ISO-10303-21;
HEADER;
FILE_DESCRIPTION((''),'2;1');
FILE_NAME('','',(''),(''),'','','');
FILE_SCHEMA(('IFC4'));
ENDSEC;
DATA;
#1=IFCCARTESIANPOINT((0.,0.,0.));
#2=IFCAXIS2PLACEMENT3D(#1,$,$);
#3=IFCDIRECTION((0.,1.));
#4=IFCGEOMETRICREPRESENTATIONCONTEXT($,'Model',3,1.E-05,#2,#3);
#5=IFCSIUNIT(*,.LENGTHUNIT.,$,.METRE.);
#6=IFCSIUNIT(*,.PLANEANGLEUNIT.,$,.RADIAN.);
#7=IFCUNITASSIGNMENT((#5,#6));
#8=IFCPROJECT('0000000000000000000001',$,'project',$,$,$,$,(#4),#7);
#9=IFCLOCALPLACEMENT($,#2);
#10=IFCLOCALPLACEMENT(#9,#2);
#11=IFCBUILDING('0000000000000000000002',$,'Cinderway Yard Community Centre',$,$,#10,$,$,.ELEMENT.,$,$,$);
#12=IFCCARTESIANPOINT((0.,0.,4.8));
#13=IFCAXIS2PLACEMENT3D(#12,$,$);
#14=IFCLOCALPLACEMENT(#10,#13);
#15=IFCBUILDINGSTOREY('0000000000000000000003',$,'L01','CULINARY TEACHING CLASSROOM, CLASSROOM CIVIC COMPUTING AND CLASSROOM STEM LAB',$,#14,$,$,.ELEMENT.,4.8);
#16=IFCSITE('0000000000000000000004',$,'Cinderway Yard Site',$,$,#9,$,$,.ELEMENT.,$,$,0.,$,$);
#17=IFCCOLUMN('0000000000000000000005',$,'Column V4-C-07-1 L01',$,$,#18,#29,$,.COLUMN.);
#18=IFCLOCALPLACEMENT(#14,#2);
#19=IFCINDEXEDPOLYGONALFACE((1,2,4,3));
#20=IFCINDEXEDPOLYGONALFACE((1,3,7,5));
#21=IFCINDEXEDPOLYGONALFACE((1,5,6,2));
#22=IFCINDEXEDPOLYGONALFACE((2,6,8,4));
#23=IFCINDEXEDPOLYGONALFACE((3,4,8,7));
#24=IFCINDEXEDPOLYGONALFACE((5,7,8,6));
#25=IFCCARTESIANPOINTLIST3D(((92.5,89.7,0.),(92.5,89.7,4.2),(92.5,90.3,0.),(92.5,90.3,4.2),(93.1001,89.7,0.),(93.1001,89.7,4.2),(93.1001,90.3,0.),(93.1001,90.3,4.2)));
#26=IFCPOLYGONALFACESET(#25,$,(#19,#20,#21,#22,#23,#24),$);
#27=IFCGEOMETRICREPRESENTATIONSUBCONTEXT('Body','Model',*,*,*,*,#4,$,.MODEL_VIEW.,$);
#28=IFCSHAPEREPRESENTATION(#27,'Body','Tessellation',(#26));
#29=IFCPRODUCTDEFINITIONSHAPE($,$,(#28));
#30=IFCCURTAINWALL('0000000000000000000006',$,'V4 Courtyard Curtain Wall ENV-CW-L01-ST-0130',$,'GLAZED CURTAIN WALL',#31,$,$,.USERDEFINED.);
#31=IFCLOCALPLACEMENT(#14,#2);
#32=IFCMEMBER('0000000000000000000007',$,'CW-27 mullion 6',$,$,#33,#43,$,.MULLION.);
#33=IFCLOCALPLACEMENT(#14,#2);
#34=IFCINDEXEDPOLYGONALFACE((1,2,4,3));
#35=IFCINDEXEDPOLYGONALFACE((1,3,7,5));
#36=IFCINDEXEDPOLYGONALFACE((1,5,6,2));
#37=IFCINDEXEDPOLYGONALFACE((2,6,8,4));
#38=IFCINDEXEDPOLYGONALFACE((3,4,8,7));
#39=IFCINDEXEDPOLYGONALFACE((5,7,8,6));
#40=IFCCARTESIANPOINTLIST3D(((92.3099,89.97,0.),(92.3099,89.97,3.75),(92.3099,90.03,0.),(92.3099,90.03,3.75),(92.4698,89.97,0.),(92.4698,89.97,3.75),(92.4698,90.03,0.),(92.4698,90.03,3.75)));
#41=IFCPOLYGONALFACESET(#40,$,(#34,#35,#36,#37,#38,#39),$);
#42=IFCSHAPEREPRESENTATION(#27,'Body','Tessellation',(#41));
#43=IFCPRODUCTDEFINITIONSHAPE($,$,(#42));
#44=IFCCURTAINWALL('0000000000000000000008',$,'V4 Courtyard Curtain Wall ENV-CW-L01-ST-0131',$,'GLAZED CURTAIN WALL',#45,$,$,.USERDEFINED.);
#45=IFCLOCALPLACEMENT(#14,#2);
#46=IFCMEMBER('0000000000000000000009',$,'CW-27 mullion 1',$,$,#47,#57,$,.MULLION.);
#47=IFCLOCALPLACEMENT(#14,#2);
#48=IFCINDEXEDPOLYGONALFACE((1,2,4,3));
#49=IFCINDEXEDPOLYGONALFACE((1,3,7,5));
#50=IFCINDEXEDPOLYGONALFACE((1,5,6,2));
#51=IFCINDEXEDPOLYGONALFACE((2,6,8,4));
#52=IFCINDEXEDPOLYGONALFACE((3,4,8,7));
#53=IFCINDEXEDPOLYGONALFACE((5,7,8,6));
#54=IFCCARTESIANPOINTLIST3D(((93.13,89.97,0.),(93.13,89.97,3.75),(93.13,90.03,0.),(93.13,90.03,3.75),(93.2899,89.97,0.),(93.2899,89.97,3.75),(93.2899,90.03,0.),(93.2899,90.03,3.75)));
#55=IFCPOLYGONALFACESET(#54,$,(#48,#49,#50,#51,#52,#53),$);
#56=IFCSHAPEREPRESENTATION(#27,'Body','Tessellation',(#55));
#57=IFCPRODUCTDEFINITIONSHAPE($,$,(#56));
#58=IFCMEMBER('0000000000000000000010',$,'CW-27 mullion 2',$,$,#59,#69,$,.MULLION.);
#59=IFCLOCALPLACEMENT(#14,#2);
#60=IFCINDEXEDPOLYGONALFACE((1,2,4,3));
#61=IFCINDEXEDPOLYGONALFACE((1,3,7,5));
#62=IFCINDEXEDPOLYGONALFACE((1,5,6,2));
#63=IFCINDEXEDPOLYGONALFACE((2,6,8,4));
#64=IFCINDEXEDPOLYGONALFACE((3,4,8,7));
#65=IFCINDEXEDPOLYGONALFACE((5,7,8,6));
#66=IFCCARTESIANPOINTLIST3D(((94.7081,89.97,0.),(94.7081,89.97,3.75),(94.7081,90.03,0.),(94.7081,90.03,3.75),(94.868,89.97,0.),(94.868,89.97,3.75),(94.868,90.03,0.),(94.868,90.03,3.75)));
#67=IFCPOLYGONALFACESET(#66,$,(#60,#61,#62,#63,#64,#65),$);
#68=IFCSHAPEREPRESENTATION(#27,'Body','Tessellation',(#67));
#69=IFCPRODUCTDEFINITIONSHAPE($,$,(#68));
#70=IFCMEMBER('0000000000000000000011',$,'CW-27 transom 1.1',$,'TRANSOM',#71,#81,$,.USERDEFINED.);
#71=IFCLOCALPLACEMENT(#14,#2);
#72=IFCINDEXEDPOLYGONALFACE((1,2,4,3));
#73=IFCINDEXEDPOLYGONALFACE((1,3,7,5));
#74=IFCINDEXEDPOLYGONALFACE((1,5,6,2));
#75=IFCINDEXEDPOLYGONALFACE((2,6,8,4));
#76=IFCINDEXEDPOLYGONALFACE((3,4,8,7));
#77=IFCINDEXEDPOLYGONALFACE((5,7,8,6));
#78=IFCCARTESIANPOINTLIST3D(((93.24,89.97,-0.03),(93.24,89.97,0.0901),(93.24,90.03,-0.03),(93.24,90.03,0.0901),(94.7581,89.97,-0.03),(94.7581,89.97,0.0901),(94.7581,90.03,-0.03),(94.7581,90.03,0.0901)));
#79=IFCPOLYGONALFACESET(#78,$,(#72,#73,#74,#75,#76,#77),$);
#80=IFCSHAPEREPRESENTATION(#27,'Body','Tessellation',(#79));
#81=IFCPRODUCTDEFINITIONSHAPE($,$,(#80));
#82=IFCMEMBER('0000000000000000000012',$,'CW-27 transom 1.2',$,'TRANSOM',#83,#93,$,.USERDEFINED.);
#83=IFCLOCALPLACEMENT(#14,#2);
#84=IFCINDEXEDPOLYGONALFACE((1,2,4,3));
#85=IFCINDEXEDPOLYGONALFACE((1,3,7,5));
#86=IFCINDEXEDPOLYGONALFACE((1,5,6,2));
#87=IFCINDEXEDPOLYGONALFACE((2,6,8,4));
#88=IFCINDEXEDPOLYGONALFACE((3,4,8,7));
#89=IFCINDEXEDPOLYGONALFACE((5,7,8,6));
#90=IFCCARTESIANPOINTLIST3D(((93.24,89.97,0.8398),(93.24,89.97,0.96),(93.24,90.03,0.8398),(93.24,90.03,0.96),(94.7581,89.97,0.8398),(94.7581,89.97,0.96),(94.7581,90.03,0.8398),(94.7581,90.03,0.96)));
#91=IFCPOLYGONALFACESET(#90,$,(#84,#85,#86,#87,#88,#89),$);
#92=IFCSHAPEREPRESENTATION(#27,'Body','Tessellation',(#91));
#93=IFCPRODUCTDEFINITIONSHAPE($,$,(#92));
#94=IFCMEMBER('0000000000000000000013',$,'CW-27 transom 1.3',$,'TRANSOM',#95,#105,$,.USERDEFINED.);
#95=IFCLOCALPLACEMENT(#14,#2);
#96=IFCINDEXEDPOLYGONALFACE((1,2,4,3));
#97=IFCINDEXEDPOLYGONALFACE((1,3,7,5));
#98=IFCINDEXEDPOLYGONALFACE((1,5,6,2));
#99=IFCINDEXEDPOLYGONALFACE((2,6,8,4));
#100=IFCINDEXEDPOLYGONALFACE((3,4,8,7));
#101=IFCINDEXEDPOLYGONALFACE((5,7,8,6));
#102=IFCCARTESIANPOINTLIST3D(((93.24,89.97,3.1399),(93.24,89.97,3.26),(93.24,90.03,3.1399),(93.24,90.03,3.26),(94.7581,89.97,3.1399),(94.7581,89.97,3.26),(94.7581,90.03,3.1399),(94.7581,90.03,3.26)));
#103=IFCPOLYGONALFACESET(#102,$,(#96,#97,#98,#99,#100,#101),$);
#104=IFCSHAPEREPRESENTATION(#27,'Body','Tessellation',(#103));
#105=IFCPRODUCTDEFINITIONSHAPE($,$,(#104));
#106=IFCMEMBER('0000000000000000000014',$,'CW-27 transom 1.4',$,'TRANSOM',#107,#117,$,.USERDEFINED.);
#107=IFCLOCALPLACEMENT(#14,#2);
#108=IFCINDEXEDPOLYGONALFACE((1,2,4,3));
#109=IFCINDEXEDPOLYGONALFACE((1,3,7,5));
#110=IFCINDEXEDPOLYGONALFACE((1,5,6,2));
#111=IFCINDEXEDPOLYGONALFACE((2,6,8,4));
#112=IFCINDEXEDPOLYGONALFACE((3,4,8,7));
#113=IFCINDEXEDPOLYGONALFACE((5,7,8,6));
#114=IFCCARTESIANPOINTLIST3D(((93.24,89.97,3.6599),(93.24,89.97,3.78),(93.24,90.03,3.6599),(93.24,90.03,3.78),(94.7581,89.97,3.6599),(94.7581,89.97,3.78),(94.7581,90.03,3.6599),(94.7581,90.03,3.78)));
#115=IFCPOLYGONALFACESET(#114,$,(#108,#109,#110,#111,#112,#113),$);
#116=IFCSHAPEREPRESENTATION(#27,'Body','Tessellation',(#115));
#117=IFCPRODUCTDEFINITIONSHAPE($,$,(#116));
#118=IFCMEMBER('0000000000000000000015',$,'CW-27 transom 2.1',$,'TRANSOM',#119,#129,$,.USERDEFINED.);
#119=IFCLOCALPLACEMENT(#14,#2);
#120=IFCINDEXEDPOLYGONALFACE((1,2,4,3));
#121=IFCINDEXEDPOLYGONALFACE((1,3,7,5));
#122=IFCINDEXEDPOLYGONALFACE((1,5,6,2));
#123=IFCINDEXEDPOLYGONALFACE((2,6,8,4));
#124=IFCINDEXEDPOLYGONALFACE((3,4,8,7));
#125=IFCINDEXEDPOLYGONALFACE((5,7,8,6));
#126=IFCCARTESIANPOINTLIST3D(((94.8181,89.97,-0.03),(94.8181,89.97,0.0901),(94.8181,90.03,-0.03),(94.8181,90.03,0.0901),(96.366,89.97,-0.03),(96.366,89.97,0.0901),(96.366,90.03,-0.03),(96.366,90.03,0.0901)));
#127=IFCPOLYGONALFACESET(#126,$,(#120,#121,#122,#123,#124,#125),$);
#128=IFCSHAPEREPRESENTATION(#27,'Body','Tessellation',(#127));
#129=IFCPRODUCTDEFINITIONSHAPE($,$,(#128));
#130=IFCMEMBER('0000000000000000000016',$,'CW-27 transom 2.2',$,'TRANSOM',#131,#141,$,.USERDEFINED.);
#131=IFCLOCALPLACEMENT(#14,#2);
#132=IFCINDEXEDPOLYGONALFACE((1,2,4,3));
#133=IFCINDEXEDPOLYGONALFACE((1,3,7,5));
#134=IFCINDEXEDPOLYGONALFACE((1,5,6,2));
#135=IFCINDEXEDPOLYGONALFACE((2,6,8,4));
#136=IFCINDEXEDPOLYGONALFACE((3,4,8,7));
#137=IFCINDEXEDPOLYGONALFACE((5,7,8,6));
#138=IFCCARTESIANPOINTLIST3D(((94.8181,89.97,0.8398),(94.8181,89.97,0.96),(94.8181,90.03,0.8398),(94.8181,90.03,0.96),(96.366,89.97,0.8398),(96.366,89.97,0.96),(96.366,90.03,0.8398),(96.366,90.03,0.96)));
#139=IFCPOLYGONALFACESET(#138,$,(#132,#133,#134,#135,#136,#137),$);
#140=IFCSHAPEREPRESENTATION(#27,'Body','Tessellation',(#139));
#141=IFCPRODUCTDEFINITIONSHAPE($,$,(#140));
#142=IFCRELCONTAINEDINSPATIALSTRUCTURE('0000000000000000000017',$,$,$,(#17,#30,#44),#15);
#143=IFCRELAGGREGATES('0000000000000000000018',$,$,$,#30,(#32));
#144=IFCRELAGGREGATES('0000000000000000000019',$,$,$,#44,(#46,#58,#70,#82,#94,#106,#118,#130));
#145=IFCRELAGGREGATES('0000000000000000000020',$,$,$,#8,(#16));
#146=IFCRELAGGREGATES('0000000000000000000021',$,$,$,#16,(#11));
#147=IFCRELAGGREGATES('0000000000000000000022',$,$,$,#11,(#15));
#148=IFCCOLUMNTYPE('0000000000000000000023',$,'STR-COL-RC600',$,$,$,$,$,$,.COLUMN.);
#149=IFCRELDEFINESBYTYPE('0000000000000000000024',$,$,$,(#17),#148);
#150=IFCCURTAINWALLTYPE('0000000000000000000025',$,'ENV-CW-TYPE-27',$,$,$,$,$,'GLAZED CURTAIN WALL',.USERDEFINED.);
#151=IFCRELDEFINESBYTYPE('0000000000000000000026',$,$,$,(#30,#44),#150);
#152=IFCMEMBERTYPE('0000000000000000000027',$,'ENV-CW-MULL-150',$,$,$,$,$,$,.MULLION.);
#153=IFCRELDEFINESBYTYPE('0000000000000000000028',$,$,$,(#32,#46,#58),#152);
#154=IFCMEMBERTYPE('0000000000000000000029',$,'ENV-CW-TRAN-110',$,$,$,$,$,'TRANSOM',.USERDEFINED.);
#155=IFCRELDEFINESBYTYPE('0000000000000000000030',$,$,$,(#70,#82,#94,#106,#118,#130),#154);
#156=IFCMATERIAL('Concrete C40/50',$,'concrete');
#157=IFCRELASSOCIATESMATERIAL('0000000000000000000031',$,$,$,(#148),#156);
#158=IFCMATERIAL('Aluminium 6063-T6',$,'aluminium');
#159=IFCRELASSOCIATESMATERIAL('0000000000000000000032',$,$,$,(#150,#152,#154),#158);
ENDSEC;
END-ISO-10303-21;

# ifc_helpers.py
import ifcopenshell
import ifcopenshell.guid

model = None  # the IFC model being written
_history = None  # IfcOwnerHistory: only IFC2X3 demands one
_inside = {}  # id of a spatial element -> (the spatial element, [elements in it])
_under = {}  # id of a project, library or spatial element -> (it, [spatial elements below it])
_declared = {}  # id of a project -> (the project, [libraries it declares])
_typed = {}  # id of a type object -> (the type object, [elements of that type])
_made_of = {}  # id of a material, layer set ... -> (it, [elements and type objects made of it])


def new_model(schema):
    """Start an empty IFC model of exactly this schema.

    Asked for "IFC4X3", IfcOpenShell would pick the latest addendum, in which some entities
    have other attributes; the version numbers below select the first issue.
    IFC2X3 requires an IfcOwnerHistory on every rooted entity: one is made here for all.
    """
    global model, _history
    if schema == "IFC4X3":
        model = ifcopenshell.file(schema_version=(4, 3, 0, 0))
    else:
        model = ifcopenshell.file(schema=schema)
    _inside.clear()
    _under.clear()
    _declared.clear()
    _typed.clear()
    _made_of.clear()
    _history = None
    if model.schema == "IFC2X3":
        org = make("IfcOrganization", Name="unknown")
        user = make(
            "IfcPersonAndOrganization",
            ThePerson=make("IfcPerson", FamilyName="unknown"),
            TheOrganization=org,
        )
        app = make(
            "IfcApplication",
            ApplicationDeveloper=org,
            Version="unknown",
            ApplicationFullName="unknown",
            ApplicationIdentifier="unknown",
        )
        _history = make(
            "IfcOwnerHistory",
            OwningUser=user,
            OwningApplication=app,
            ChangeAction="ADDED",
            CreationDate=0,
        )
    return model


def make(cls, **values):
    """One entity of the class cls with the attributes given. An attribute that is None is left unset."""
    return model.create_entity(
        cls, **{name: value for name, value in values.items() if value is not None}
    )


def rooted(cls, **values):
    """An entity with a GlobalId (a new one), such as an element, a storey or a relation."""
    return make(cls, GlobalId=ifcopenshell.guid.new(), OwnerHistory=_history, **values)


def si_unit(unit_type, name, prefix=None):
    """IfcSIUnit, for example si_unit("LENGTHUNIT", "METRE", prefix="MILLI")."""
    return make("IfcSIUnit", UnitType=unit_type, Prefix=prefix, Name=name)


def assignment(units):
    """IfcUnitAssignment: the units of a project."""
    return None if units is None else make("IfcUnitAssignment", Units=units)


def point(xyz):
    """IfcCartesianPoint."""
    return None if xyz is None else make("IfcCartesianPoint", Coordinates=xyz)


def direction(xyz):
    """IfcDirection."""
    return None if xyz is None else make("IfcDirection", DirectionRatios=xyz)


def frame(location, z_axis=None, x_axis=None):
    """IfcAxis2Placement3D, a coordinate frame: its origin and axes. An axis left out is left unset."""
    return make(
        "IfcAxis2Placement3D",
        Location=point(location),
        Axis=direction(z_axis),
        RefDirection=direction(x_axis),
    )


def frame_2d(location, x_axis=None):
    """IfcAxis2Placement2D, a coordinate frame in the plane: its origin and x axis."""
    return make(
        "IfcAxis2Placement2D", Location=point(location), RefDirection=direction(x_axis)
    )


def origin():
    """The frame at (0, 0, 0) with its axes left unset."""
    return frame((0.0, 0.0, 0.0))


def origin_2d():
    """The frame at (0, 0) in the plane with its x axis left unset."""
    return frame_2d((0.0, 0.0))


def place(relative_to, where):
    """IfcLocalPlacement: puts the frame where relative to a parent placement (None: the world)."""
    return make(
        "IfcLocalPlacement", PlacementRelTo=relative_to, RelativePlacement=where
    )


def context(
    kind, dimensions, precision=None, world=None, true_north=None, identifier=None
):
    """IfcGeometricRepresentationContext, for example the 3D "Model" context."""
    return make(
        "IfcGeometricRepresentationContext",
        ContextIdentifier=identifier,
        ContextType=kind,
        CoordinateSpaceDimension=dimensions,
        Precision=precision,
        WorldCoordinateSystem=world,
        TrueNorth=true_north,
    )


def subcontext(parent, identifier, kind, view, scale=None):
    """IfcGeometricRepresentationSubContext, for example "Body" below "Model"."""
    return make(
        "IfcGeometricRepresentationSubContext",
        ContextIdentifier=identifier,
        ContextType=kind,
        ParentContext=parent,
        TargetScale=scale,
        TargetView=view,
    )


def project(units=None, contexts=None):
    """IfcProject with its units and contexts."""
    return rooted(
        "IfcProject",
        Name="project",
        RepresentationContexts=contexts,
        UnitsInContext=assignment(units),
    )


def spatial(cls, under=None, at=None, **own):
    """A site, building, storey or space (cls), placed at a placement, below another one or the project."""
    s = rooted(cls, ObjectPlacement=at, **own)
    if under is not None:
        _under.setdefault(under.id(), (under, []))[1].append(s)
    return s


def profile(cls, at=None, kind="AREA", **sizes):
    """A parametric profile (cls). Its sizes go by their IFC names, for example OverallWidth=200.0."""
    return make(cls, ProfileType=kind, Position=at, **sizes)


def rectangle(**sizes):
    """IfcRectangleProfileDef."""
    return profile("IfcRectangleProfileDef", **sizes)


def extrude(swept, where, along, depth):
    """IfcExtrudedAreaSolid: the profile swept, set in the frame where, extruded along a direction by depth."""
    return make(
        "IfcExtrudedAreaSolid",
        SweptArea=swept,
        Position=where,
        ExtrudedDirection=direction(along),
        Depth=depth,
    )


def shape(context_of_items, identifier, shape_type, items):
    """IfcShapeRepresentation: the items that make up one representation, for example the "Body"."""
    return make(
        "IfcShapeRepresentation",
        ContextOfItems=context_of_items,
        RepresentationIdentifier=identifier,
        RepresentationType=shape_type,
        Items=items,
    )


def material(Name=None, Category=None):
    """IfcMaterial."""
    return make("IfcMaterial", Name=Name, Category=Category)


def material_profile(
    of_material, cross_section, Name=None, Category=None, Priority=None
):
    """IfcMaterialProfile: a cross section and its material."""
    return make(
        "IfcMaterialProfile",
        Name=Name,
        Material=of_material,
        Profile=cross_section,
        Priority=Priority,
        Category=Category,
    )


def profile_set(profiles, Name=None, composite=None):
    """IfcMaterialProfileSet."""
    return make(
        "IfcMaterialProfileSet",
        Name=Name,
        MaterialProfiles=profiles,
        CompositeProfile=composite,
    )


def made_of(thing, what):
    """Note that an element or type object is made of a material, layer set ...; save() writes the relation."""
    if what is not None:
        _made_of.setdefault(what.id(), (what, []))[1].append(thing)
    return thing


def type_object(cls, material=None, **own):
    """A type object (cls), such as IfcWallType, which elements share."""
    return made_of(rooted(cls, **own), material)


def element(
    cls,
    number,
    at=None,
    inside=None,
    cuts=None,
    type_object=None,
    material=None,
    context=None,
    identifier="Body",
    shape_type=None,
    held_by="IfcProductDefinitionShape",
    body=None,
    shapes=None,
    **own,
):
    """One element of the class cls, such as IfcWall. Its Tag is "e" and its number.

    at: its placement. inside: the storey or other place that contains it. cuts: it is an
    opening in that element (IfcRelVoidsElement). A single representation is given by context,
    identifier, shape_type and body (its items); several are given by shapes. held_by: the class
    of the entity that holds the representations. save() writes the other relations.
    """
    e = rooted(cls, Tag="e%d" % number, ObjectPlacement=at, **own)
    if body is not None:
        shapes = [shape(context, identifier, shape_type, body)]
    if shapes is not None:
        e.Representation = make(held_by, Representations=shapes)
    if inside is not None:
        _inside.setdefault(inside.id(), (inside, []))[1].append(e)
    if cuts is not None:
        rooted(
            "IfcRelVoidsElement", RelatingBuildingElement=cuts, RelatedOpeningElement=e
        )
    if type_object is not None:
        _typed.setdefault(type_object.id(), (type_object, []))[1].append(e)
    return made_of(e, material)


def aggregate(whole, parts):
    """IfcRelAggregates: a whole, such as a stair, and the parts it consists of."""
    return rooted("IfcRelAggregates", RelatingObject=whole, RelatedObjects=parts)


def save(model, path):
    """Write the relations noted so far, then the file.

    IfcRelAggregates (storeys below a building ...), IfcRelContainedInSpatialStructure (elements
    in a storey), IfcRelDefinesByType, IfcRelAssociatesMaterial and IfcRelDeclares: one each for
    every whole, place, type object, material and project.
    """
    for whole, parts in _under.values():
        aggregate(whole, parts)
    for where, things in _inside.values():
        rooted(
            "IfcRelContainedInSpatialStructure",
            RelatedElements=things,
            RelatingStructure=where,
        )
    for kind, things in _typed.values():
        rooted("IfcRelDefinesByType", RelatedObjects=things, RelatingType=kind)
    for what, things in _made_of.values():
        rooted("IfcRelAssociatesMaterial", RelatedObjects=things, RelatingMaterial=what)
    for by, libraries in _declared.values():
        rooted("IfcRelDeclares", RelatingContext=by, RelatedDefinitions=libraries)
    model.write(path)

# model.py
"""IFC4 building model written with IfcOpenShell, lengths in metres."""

from ifc_helpers import new_model, si_unit, direction, frame, origin, origin_2d, place, context, subcontext, project, spatial, rectangle, extrude, material, material_profile, profile_set, type_object, element, aggregate, save


model = new_model("IFC4")

# Units and contexts
model_context = context("Model", 3, precision=1e-05, world=origin(), true_north=direction((0.0, 1.0)))
body_context = subcontext(model_context, "Body", "Model", "MODEL_VIEW")
ifc_project = project(units=[si_unit("LENGTHUNIT", "METRE"), si_unit("PLANEANGLEUNIT", "RADIAN")], contexts=[model_context])

# Site, building, storey
site_placement = place(None, origin())
site = spatial("IfcSite", under=ifc_project, at=site_placement, Name="Cinderway Yard Site", CompositionType="ELEMENT", RefElevation=0.0)
building_placement = place(site_placement, origin())
building = spatial("IfcBuilding", under=site, at=building_placement, Name="Cinderway Yard Community Centre", CompositionType="ELEMENT")
storey_placement = place(building_placement, frame((0.0, 0.0, 4.8)))
storey = spatial("IfcBuildingStorey", under=building, at=storey_placement, Name="L01", Description="CULINARY TEACHING CLASSROOM, CLASSROOM CIVIC COMPUTING AND CLASSROOM STEM LAB", CompositionType="ELEMENT", Elevation=4.8)

# Column
ifc_material_1 = material(Name="Concrete C40/50", Category="concrete")
ifc_material_profile_1 = material_profile(ifc_material_1, rectangle(XDim=0.6001, YDim=0.6001, at=origin_2d()), Name="Concrete C40/50")
ifc_profile_set_1 = profile_set([ifc_material_profile_1], Name="Concrete C40/50")
column_type = type_object("IfcColumnType", Name="STR-COL-RC600", PredefinedType="COLUMN", material=ifc_profile_set_1)
column_placement = place(storey_placement, frame((92.8, 90.0, 0.0), z_axis=(0.0, 0.0, 1.0), x_axis=(1.0, 0.0, 0.0)))
element("IfcColumn", 1, at=column_placement, inside=storey, type_object=column_type, Name="Column V4-C-07-1 L01", PredefinedType="COLUMN", context=body_context, shape_type="SweptSolid", body=[
    extrude(rectangle(XDim=0.6001, YDim=0.6001, at=origin_2d()), origin(), (0.0, 0.0, 1.0), 4.2),
])

# Curtain wall, member
ifc_material_2 = material(Name="Aluminium 6063-T6", Category="aluminium")
curtain_wall_type = type_object("IfcCurtainWallType", Name="ENV-CW-TYPE-27", ElementType="GLAZED CURTAIN WALL", PredefinedType="USERDEFINED", material=ifc_material_2)
curtain_wall_1_placement = place(storey_placement, origin())
curtain_wall_1 = element("IfcCurtainWall", 2, at=curtain_wall_1_placement, inside=storey, type_object=curtain_wall_type, Name="V4 Courtyard Curtain Wall ENV-CW-L01-ST-0130", ObjectType="GLAZED CURTAIN WALL", PredefinedType="USERDEFINED")
ifc_material_profile_2 = material_profile(ifc_material_2, rectangle(XDim=0.0601, YDim=0.1599, at=origin_2d()), Name="Aluminium 6063-T6")
ifc_profile_set_2 = profile_set([ifc_material_profile_2], Name="Aluminium 6063-T6")
member_type_1 = type_object("IfcMemberType", Name="ENV-CW-MULL-150", PredefinedType="MULLION", material=ifc_profile_set_2)
member_1_placement = place(storey_placement, frame((92.3899, 90.0, 0.0), z_axis=(0.0, 0.0, 1.0), x_axis=(0.0, 1.0, 0.0)))
member_1 = element("IfcMember", 3, at=member_1_placement, type_object=member_type_1, Name="CW-27 mullion 6", PredefinedType="MULLION", context=body_context, shape_type="SweptSolid", body=[
    extrude(rectangle(XDim=0.0601, YDim=0.1599, at=origin_2d()), origin(), (0.0, 0.0, 1.0), 3.75),
])

# Curtain wall, members
curtain_wall_2_placement = place(storey_placement, origin())
curtain_wall_2 = element("IfcCurtainWall", 4, at=curtain_wall_2_placement, inside=storey, type_object=curtain_wall_type, Name="V4 Courtyard Curtain Wall ENV-CW-L01-ST-0131", ObjectType="GLAZED CURTAIN WALL", PredefinedType="USERDEFINED")
member_2_placement = place(storey_placement, frame((93.21, 90.0, 0.0), z_axis=(0.0, 0.0, 1.0), x_axis=(0.0, 1.0, 0.0)))
member_2 = element("IfcMember", 5, at=member_2_placement, type_object=member_type_1, Name="CW-27 mullion 1", PredefinedType="MULLION", context=body_context, shape_type="SweptSolid", body=[
    extrude(rectangle(XDim=0.0601, YDim=0.1599, at=origin_2d()), origin(), (0.0, 0.0, 1.0), 3.75),
])
member_3_placement = place(storey_placement, frame((94.7881, 90.0, 0.0), z_axis=(0.0, 0.0, 1.0), x_axis=(0.0, 1.0, 0.0)))
member_3 = element("IfcMember", 6, at=member_3_placement, type_object=member_type_1, Name="CW-27 mullion 2", PredefinedType="MULLION", context=body_context, shape_type="SweptSolid", body=[
    extrude(rectangle(XDim=0.0601, YDim=0.1599, at=origin_2d()), origin(), (0.0, 0.0, 1.0), 3.75),
])
ifc_material_profile_3 = material_profile(ifc_material_2, rectangle(XDim=0.0601, YDim=0.1201, at=origin_2d()), Name="Aluminium 6063-T6")
ifc_profile_set_3 = profile_set([ifc_material_profile_3], Name="Aluminium 6063-T6")
member_type_2 = type_object("IfcMemberType", Name="ENV-CW-TRAN-110", ElementType="TRANSOM", PredefinedType="USERDEFINED", material=ifc_profile_set_3)
member_4_placement = place(storey_placement, frame((93.24, 90.0, 0.03), z_axis=(1.0, 0.0, 0.0), x_axis=(0.0, 1.0, 0.0)))
member_4 = element("IfcMember", 7, at=member_4_placement, type_object=member_type_2, Name="CW-27 transom 1.1", ObjectType="TRANSOM", PredefinedType="USERDEFINED", context=body_context, shape_type="SweptSolid", body=[
    extrude(rectangle(XDim=0.0601, YDim=0.1201, at=origin_2d()), origin(), (0.0, 0.0, 1.0), 1.5181),
])
member_5_placement = place(storey_placement, frame((93.24, 90.0, 0.8999), z_axis=(1.0, 0.0, 0.0), x_axis=(0.0, 1.0, 0.0)))
member_5 = element("IfcMember", 8, at=member_5_placement, type_object=member_type_2, Name="CW-27 transom 1.2", ObjectType="TRANSOM", PredefinedType="USERDEFINED", context=body_context, shape_type="SweptSolid", body=[
    extrude(rectangle(XDim=0.0601, YDim=0.1201, at=origin_2d()), origin(), (0.0, 0.0, 1.0), 1.5181),
])
member_6_placement = place(storey_placement, frame((93.24, 90.0, 3.2), z_axis=(1.0, 0.0, 0.0), x_axis=(0.0, 1.0, 0.0)))
member_6 = element("IfcMember", 9, at=member_6_placement, type_object=member_type_2, Name="CW-27 transom 1.3", ObjectType="TRANSOM", PredefinedType="USERDEFINED", context=body_context, shape_type="SweptSolid", body=[
    extrude(rectangle(XDim=0.0601, YDim=0.1201, at=origin_2d()), origin(), (0.0, 0.0, 1.0), 1.5181),
])
member_7_placement = place(storey_placement, frame((93.24, 90.0, 3.72), z_axis=(1.0, 0.0, 0.0), x_axis=(0.0, 1.0, 0.0)))
member_7 = element("IfcMember", 10, at=member_7_placement, type_object=member_type_2, Name="CW-27 transom 1.4", ObjectType="TRANSOM", PredefinedType="USERDEFINED", context=body_context, shape_type="SweptSolid", body=[
    extrude(rectangle(XDim=0.0601, YDim=0.1201, at=origin_2d()), origin(), (0.0, 0.0, 1.0), 1.5181),
])
member_8_placement = place(storey_placement, frame((94.8181, 90.0, 0.03), z_axis=(1.0, 0.0, 0.0), x_axis=(0.0, 1.0, 0.0)))
member_8 = element("IfcMember", 11, at=member_8_placement, type_object=member_type_2, Name="CW-27 transom 2.1", ObjectType="TRANSOM", PredefinedType="USERDEFINED", context=body_context, shape_type="SweptSolid", body=[
    extrude(rectangle(XDim=0.0601, YDim=0.1201, at=origin_2d()), origin(), (0.0, 0.0, 1.0), 1.5479),
])
member_9_placement = place(storey_placement, frame((94.8181, 90.0, 0.8999), z_axis=(1.0, 0.0, 0.0), x_axis=(0.0, 1.0, 0.0)))
member_9 = element("IfcMember", 12, at=member_9_placement, type_object=member_type_2, Name="CW-27 transom 2.2", ObjectType="TRANSOM", PredefinedType="USERDEFINED", context=body_context, shape_type="SweptSolid", body=[
    extrude(rectangle(XDim=0.0601, YDim=0.1201, at=origin_2d()), origin(), (0.0, 0.0, 1.0), 1.5479),
])

aggregate(curtain_wall_1, [member_1])
aggregate(curtain_wall_2, [member_2, member_3, member_4, member_5, member_6, member_7, member_8, member_9])

save(model, "model.ifc")
